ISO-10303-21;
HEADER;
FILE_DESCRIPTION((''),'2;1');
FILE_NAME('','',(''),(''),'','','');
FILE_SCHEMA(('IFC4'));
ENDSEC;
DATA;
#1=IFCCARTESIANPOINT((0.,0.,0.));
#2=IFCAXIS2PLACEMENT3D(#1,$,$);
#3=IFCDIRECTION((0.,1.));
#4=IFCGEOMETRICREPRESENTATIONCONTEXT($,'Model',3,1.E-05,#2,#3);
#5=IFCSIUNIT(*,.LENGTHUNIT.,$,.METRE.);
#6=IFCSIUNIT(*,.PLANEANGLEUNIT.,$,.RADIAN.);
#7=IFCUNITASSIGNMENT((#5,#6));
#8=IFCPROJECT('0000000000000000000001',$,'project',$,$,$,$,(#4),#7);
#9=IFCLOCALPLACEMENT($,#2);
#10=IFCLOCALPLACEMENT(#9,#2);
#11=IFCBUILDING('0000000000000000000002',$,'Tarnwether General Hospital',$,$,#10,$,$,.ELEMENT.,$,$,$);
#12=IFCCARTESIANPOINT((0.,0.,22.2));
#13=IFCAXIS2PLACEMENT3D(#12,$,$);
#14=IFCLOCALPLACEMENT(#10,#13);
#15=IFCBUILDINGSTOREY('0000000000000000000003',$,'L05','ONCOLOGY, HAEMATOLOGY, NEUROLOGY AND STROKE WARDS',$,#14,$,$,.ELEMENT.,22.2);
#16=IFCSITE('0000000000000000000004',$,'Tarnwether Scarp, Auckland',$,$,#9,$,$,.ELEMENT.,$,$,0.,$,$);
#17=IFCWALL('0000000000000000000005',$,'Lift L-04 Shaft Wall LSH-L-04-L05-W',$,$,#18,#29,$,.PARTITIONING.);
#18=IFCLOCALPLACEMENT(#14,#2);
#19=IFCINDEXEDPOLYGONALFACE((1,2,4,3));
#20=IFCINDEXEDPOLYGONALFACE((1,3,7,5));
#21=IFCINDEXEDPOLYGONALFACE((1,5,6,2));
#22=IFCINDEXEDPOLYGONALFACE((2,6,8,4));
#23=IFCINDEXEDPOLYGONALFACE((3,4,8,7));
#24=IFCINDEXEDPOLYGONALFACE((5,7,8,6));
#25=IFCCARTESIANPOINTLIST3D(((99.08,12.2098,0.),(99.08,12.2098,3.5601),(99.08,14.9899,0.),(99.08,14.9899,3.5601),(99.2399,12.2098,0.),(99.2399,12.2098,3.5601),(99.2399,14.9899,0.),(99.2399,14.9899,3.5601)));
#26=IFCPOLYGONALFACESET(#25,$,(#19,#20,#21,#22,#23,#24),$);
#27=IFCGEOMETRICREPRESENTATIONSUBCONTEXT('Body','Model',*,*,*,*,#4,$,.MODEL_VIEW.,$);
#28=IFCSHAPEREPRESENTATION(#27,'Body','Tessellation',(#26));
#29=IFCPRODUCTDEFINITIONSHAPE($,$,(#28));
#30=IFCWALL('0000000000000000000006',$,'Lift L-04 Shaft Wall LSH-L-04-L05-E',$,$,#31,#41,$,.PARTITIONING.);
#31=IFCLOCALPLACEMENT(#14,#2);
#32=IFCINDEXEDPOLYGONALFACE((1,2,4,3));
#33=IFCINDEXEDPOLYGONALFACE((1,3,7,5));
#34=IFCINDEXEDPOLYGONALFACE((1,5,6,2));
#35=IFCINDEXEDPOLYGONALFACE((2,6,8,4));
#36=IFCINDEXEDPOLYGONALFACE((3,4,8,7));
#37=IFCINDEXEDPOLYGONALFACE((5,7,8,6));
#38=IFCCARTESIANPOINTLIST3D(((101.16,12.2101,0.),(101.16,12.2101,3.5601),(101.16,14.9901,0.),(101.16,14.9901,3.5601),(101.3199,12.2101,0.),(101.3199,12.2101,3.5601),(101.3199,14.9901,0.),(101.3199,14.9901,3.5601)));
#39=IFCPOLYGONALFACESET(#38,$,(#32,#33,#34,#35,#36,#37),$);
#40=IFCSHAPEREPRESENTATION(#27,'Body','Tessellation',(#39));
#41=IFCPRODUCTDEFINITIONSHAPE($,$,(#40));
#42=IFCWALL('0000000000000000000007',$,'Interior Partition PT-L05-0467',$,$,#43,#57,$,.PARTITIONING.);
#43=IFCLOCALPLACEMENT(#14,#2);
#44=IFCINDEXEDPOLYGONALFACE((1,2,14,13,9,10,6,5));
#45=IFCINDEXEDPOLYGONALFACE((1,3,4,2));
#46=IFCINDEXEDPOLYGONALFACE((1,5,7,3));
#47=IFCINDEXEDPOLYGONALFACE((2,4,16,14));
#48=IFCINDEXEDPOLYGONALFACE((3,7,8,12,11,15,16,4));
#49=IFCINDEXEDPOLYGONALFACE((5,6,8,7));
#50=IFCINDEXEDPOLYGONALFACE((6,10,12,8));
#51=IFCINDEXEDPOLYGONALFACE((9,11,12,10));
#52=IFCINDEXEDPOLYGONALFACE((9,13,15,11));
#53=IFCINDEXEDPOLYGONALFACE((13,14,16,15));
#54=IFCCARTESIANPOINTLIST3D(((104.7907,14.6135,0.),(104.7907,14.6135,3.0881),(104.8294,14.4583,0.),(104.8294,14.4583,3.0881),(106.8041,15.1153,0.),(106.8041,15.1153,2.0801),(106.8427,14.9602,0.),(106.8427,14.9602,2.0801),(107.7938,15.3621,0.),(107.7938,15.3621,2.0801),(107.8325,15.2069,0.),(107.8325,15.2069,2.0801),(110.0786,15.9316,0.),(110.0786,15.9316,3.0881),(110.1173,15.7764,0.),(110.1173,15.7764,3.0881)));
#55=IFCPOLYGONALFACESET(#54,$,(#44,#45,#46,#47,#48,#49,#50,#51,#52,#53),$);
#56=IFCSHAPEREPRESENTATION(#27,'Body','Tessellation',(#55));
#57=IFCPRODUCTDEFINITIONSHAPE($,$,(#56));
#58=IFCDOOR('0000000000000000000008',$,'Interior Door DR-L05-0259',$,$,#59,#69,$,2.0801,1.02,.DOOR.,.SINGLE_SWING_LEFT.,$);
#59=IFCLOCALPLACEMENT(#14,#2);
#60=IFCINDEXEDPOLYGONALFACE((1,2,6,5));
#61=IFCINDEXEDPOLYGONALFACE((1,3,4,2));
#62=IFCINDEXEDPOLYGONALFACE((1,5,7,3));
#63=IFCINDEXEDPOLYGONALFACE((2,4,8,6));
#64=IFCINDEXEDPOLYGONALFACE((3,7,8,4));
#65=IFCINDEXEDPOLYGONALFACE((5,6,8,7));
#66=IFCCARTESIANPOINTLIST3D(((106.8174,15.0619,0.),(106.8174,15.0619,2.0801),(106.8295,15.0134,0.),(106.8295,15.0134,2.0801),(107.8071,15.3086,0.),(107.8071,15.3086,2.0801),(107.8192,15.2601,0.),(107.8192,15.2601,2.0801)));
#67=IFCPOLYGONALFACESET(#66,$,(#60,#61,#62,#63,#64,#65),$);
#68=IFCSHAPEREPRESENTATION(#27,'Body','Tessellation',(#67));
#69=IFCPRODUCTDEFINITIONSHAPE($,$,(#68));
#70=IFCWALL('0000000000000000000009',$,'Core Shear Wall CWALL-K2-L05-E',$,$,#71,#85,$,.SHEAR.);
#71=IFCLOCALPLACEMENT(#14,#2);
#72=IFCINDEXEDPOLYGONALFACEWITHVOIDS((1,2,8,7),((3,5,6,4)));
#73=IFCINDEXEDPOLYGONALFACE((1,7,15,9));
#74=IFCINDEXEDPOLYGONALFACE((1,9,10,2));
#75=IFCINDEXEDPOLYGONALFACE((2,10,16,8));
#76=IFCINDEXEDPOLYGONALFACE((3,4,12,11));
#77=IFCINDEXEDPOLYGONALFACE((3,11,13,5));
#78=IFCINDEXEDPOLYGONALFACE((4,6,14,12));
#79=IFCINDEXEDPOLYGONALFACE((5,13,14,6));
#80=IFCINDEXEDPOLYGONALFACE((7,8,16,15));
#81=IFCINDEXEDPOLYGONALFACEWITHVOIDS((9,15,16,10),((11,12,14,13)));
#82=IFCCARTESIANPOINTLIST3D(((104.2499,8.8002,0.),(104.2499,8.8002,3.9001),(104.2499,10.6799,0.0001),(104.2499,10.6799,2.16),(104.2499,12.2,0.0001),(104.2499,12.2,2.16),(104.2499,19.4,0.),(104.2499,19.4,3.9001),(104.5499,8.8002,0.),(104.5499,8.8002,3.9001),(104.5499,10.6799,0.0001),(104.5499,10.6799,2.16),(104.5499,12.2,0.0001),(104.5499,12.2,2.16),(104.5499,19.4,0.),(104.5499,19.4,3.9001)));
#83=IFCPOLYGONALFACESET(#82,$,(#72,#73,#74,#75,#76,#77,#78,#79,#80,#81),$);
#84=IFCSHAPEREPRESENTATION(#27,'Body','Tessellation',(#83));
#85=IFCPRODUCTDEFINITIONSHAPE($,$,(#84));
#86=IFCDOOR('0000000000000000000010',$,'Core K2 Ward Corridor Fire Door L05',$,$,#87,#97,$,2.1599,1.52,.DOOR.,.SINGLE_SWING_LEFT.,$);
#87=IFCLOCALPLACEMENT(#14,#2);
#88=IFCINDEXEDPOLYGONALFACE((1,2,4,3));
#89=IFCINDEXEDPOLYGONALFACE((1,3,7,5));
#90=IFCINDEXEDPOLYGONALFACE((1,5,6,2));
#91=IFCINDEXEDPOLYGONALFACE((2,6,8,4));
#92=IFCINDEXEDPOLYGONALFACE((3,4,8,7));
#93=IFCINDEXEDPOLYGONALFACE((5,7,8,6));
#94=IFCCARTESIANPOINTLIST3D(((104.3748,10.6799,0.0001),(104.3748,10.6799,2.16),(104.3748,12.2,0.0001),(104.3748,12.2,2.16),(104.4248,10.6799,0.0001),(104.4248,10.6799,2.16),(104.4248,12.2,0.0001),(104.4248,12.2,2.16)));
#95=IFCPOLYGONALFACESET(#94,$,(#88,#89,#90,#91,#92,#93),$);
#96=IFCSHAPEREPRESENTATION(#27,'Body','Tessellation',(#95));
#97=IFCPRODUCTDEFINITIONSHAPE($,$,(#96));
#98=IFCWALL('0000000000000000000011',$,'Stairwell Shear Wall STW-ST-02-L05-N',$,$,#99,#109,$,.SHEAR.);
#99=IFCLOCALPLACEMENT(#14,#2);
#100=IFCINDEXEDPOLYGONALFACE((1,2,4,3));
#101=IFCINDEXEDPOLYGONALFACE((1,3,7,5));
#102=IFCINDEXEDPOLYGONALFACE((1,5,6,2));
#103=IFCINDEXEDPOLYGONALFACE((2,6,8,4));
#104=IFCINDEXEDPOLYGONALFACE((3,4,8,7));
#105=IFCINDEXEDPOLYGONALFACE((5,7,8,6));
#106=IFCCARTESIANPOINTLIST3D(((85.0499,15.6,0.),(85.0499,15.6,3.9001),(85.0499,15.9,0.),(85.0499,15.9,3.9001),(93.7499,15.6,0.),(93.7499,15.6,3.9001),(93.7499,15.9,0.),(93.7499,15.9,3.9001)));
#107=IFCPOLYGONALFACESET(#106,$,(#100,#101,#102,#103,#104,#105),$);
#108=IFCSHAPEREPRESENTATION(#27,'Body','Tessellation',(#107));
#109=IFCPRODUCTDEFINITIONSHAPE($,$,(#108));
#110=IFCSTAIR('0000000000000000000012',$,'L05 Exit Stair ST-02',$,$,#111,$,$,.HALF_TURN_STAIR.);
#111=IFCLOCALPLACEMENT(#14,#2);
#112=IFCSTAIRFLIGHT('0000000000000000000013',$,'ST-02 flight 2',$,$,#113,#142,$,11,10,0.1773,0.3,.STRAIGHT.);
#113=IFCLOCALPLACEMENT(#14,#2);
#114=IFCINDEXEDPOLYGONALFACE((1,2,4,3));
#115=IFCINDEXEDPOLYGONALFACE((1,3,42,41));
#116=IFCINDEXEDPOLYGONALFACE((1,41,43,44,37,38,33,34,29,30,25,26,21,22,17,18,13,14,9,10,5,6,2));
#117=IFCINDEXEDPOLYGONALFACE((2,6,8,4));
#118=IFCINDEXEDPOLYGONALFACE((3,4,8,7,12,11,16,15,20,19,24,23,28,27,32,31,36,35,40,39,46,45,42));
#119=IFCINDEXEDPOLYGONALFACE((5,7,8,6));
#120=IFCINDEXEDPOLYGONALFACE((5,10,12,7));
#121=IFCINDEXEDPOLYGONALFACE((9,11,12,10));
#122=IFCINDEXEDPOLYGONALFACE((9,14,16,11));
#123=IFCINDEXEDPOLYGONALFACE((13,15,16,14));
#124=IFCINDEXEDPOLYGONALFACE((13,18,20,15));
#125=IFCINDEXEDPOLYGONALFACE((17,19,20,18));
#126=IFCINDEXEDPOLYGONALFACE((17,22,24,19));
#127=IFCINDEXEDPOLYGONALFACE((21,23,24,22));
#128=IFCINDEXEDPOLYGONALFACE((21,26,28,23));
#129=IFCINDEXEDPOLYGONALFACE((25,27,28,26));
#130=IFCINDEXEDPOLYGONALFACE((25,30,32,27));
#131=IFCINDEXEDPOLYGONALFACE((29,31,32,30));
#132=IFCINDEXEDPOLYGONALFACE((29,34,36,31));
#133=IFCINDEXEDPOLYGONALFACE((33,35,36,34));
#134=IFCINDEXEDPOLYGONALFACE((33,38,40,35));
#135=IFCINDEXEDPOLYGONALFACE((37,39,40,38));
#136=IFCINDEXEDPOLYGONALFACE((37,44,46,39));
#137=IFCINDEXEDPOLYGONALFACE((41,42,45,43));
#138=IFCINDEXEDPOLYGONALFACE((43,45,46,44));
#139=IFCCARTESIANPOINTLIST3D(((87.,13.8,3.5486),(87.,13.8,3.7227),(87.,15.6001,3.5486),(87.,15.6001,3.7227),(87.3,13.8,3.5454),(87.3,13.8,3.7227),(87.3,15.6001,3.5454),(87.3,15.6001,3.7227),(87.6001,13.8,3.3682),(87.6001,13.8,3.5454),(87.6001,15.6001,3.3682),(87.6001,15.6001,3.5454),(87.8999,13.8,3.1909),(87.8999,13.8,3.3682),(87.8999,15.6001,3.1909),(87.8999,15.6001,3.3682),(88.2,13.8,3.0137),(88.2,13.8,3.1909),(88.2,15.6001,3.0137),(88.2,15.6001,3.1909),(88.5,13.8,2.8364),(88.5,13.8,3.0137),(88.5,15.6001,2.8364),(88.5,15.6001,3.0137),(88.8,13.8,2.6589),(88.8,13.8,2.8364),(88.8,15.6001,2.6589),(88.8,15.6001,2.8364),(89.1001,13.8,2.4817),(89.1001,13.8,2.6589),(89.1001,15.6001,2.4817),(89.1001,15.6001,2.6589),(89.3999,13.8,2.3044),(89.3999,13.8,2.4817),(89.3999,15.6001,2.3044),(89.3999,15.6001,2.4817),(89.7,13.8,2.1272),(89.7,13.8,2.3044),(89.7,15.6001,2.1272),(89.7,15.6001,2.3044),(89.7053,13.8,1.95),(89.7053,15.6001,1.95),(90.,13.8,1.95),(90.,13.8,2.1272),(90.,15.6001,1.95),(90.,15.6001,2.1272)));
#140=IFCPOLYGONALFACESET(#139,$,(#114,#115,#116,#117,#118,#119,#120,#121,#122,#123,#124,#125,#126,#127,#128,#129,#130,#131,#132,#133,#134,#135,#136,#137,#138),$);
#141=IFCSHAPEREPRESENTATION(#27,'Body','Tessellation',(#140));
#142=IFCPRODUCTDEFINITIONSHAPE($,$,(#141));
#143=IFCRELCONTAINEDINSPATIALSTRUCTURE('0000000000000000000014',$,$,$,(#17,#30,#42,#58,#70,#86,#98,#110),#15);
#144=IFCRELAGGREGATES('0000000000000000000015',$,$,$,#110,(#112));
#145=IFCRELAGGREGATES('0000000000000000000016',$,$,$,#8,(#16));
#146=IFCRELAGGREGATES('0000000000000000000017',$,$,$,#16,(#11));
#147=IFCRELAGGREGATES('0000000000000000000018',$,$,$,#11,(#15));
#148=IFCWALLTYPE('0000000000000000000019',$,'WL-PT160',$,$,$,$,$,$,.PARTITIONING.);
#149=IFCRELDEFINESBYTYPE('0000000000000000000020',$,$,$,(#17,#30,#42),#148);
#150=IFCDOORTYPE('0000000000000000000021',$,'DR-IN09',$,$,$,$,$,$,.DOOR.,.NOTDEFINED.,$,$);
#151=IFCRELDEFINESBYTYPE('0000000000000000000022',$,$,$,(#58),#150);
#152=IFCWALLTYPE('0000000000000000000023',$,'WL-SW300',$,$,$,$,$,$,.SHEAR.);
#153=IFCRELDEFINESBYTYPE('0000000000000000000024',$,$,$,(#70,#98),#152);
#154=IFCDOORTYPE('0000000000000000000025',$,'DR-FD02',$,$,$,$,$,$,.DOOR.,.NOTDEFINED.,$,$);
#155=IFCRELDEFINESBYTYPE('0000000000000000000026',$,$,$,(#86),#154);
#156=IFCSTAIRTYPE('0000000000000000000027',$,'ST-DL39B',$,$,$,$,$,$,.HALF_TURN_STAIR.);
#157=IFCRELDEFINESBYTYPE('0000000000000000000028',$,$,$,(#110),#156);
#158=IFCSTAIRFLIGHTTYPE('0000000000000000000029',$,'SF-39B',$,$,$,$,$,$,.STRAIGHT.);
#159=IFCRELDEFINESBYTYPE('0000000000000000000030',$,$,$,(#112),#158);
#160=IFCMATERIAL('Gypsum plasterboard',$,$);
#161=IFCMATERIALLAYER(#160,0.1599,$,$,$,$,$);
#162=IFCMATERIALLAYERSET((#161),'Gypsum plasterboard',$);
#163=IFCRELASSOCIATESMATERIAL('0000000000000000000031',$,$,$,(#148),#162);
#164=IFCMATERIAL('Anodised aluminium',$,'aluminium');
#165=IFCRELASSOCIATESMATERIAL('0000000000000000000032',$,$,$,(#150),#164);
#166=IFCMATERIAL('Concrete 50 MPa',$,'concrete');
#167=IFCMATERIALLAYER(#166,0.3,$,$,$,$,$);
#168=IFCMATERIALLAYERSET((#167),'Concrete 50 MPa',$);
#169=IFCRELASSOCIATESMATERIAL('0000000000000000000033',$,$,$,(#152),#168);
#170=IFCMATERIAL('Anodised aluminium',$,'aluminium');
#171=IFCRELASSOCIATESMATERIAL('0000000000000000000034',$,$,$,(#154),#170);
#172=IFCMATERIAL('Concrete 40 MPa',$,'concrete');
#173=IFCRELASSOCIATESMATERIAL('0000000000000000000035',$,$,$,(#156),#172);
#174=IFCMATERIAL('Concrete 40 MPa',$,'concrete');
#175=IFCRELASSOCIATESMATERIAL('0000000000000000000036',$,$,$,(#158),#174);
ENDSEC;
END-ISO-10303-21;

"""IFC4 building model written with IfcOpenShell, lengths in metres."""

from ifc_helpers import new_model, si_unit, direction, frame, frame_2d, origin, place, context, subcontext, project, spatial, polyline, rectangle, outline, extrude, material, layer, layer_set, type_object, element, fill, aggregate, save


model = new_model("IFC4")

# Units and contexts
model_context = context("Model", 3, precision=1e-05, world=origin(), true_north=direction((0.0, 1.0)))
body_context = subcontext(model_context, "Body", "Model", "MODEL_VIEW")
ifc_project = project(units=[si_unit("LENGTHUNIT", "METRE"), si_unit("PLANEANGLEUNIT", "RADIAN")], contexts=[model_context])

# Site, building, storey
site_placement = place(None, origin())
site = spatial("IfcSite", under=ifc_project, at=site_placement, Name="Tarnwether Scarp, Auckland", CompositionType="ELEMENT", RefElevation=0.0)
building_placement = place(site_placement, origin())
building = spatial("IfcBuilding", under=site, at=building_placement, Name="Tarnwether General Hospital", CompositionType="ELEMENT")
storey_placement = place(building_placement, frame((0.0, 0.0, 22.2)))
storey = spatial("IfcBuildingStorey", under=building, at=storey_placement, Name="L05", Description="ONCOLOGY, HAEMATOLOGY, NEUROLOGY AND STROKE WARDS", CompositionType="ELEMENT", Elevation=22.2)

# Walls
ifc_material_1 = material(Name="Gypsum plasterboard")
ifc_layer_1 = layer(ifc_material_1, 0.1599)
ifc_layer_set_1 = layer_set([ifc_layer_1], Name="Gypsum plasterboard")
wall_type_1 = type_object("IfcWallType", Name="WL-PT160", PredefinedType="PARTITIONING", material=ifc_layer_set_1)
for number, where, z_axis, x_axis, name in (
    (1, (99.1599, 14.99, 0.0), (0.0, 0.0, 1.0), (0.0, -1.0, 0.0), "Lift L-04 Shaft Wall LSH-L-04-L05-W"),
    (2, (101.24, 12.21, 0.0), (0.0, 0.0, 1.0), (0.0, 1.0, 0.0), "Lift L-04 Shaft Wall LSH-L-04-L05-E"),
):
    element("IfcWall", number, at=place(storey_placement, frame(where, z_axis=z_axis, x_axis=x_axis)), inside=storey, type_object=wall_type_1, Name=name, PredefinedType="PARTITIONING", context=body_context, shape_type="SweptSolid", body=[
        extrude(rectangle(XDim=2.78, YDim=0.1599, at=frame_2d((1.3901, 0.0))), origin(), (0.0, 0.0, 1.0), 3.5601),
    ])

# Walls, openings, doors
wall_1_placement = place(storey_placement, frame((104.8101, 14.5359, 0.0), z_axis=(0.0, 0.0, 1.0), x_axis=(0.970308, 0.241871, 0.0)))
wall_1 = element("IfcWall", 3, at=wall_1_placement, inside=storey, type_object=wall_type_1, Name="Interior Partition PT-L05-0467", PredefinedType="PARTITIONING", context=body_context, shape_type="SweptSolid", body=[
    extrude(rectangle(XDim=5.4497, YDim=0.1599, at=frame_2d((2.7249, 0.0))), origin(), (0.0, 0.0, 1.0), 3.0881),
])
opening_1_placement = place(wall_1_placement, frame((2.075, 0.0, 0.0)))
opening_1 = element("IfcOpeningElement", 4, at=opening_1_placement, cuts=wall_1, PredefinedType="OPENING", context=body_context, shape_type="SweptSolid", body=[
    extrude(rectangle(XDim=1.02, YDim=2.0801, at=frame_2d((0.51, 1.04))), frame((0.0, 0.0898, 0.0), z_axis=(0.0, -1.0, 0.0), x_axis=(1.0, 0.0, 0.0)), (0.0, 0.0, 1.0), 0.1799),
])
ifc_material_2 = material(Name="Anodised aluminium", Category="aluminium")
door_type_1 = type_object("IfcDoorType", Name="DR-IN09", OperationType="NOTDEFINED", PredefinedType="DOOR", material=ifc_material_2)
door_1_placement = place(opening_1_placement, origin())
door_1 = element("IfcDoor", 5, at=door_1_placement, inside=storey, type_object=door_type_1, Name="Interior Door DR-L05-0259", OperationType="SINGLE_SWING_LEFT", OverallHeight=2.0801, OverallWidth=1.02, PredefinedType="DOOR", context=body_context, shape_type="SweptSolid", body=[
    extrude(rectangle(XDim=1.02, YDim=2.0801, at=frame_2d((0.51, 1.04))), frame((0.0, 0.0249, 0.0), z_axis=(0.0, -1.0, 0.0), x_axis=(1.0, 0.0, 0.0)), (0.0, 0.0, 1.0), 0.05),
])
fill(opening_1, door_1)
ifc_material_3 = material(Name="Concrete 50 MPa", Category="concrete")
ifc_layer_2 = layer(ifc_material_3, 0.3)
ifc_layer_set_2 = layer_set([ifc_layer_2], Name="Concrete 50 MPa")
wall_type_2 = type_object("IfcWallType", Name="WL-SW300", PredefinedType="SHEAR", material=ifc_layer_set_2)
wall_2_placement = place(storey_placement, frame((104.3999, 19.3999, 0.0), z_axis=(0.0, 0.0, 1.0), x_axis=(0.0, -1.0, 0.0)))
wall_2 = element("IfcWall", 6, at=wall_2_placement, inside=storey, type_object=wall_type_2, Name="Core Shear Wall CWALL-K2-L05-E", PredefinedType="SHEAR", context=body_context, shape_type="SweptSolid", body=[
    extrude(rectangle(XDim=10.5999, YDim=0.3, at=frame_2d((5.2998, 0.0))), origin(), (0.0, 0.0, 1.0), 3.9001),
])
opening_2_placement = place(wall_2_placement, frame((7.2, 0.0, 0.0)))
opening_2 = element("IfcOpeningElement", 7, at=opening_2_placement, cuts=wall_2, PredefinedType="OPENING", context=body_context, shape_type="SweptSolid", body=[
    extrude(rectangle(XDim=1.52, YDim=2.1599, at=frame_2d((0.76, 1.0801))), frame((0.0, 0.1602, 0.0), z_axis=(0.0, -1.0, 0.0), x_axis=(1.0, 0.0, 0.0)), (0.0, 0.0, 1.0), 0.3201),
])
ifc_material_4 = material(Name="Anodised aluminium", Category="aluminium")
door_type_2 = type_object("IfcDoorType", Name="DR-FD02", OperationType="NOTDEFINED", PredefinedType="DOOR", material=ifc_material_4)
door_2_placement = place(opening_2_placement, origin())
door_2 = element("IfcDoor", 8, at=door_2_placement, inside=storey, type_object=door_type_2, Name="Core K2 Ward Corridor Fire Door L05", OperationType="SINGLE_SWING_LEFT", OverallHeight=2.1599, OverallWidth=1.52, PredefinedType="DOOR", context=body_context, shape_type="SweptSolid", body=[
    extrude(rectangle(XDim=1.52, YDim=2.1599, at=frame_2d((0.76, 1.0801))), frame((0.0, 0.0249, 0.0), z_axis=(0.0, -1.0, 0.0), x_axis=(1.0, 0.0, 0.0)), (0.0, 0.0, 1.0), 0.05),
])
fill(opening_2, door_2)

# Wall
wall_3_placement = place(storey_placement, frame((93.75, 15.75, 0.0), z_axis=(0.0, 0.0, 1.0), x_axis=(-1.0, 0.0, 0.0)))
element("IfcWall", 9, at=wall_3_placement, inside=storey, type_object=wall_type_2, Name="Stairwell Shear Wall STW-ST-02-L05-N", PredefinedType="SHEAR", context=body_context, shape_type="SweptSolid", body=[
    extrude(rectangle(XDim=8.7, YDim=0.3, at=frame_2d((4.3501, 0.0))), origin(), (0.0, 0.0, 1.0), 3.9001),
])

# Stair, stair flight
ifc_material_5 = material(Name="Concrete 40 MPa", Category="concrete")
stair_type = type_object("IfcStairType", Name="ST-DL39B", PredefinedType="HALF_TURN_STAIR", material=ifc_material_5)
stair_placement = place(storey_placement, origin())
stair = element("IfcStair", 10, at=stair_placement, inside=storey, type_object=stair_type, Name="L05 Exit Stair ST-02", PredefinedType="HALF_TURN_STAIR")
ifc_material_6 = material(Name="Concrete 40 MPa", Category="concrete")
stair_flight_type = type_object("IfcStairFlightType", Name="SF-39B", PredefinedType="STRAIGHT", material=ifc_material_6)
stair_flight_placement = place(storey_placement, frame((90.0, 14.7, 1.95), z_axis=(0.0, 0.0, 1.0), x_axis=(-1.0, 0.0, 0.0)))
stair_flight = element("IfcStairFlight", 11, at=stair_flight_placement, type_object=stair_flight_type, Name="ST-02 flight 2", NumberOfRisers=11, NumberOfTreads=10, PredefinedType="STRAIGHT", RiserHeight=0.1773, TreadLength=0.3, context=body_context, shape_type="SweptSolid", body=[
    extrude(outline(polyline([(0.0, 0.0), (0.0, 0.1772), (0.3, 0.1772), (0.3, 0.3545), (0.6001, 0.3545), (0.6001, 0.5317), (0.8999, 0.5317), (0.8999, 0.709), (1.2, 0.709), (1.2, 0.8865), (1.5, 0.8865), (1.5, 1.0637), (1.8, 1.0637), (1.8, 1.241), (2.1001, 1.241), (2.1001, 1.4182), (2.3999, 1.4182), (2.3999, 1.5955), (2.7, 1.5955), (2.7, 1.7727), (3.0, 1.7727), (3.0, 1.95), (3.0, 1.5986), (0.2947, 0.0), (0.0, 0.0)])), frame((0.0, 0.8999, 0.0), z_axis=(0.0, -1.0, 0.0), x_axis=(1.0, 0.0, 0.0)), (0.0, 0.0, 1.0), 1.8),
])
aggregate(stair, [stair_flight])

save(model, "model.ifc")
